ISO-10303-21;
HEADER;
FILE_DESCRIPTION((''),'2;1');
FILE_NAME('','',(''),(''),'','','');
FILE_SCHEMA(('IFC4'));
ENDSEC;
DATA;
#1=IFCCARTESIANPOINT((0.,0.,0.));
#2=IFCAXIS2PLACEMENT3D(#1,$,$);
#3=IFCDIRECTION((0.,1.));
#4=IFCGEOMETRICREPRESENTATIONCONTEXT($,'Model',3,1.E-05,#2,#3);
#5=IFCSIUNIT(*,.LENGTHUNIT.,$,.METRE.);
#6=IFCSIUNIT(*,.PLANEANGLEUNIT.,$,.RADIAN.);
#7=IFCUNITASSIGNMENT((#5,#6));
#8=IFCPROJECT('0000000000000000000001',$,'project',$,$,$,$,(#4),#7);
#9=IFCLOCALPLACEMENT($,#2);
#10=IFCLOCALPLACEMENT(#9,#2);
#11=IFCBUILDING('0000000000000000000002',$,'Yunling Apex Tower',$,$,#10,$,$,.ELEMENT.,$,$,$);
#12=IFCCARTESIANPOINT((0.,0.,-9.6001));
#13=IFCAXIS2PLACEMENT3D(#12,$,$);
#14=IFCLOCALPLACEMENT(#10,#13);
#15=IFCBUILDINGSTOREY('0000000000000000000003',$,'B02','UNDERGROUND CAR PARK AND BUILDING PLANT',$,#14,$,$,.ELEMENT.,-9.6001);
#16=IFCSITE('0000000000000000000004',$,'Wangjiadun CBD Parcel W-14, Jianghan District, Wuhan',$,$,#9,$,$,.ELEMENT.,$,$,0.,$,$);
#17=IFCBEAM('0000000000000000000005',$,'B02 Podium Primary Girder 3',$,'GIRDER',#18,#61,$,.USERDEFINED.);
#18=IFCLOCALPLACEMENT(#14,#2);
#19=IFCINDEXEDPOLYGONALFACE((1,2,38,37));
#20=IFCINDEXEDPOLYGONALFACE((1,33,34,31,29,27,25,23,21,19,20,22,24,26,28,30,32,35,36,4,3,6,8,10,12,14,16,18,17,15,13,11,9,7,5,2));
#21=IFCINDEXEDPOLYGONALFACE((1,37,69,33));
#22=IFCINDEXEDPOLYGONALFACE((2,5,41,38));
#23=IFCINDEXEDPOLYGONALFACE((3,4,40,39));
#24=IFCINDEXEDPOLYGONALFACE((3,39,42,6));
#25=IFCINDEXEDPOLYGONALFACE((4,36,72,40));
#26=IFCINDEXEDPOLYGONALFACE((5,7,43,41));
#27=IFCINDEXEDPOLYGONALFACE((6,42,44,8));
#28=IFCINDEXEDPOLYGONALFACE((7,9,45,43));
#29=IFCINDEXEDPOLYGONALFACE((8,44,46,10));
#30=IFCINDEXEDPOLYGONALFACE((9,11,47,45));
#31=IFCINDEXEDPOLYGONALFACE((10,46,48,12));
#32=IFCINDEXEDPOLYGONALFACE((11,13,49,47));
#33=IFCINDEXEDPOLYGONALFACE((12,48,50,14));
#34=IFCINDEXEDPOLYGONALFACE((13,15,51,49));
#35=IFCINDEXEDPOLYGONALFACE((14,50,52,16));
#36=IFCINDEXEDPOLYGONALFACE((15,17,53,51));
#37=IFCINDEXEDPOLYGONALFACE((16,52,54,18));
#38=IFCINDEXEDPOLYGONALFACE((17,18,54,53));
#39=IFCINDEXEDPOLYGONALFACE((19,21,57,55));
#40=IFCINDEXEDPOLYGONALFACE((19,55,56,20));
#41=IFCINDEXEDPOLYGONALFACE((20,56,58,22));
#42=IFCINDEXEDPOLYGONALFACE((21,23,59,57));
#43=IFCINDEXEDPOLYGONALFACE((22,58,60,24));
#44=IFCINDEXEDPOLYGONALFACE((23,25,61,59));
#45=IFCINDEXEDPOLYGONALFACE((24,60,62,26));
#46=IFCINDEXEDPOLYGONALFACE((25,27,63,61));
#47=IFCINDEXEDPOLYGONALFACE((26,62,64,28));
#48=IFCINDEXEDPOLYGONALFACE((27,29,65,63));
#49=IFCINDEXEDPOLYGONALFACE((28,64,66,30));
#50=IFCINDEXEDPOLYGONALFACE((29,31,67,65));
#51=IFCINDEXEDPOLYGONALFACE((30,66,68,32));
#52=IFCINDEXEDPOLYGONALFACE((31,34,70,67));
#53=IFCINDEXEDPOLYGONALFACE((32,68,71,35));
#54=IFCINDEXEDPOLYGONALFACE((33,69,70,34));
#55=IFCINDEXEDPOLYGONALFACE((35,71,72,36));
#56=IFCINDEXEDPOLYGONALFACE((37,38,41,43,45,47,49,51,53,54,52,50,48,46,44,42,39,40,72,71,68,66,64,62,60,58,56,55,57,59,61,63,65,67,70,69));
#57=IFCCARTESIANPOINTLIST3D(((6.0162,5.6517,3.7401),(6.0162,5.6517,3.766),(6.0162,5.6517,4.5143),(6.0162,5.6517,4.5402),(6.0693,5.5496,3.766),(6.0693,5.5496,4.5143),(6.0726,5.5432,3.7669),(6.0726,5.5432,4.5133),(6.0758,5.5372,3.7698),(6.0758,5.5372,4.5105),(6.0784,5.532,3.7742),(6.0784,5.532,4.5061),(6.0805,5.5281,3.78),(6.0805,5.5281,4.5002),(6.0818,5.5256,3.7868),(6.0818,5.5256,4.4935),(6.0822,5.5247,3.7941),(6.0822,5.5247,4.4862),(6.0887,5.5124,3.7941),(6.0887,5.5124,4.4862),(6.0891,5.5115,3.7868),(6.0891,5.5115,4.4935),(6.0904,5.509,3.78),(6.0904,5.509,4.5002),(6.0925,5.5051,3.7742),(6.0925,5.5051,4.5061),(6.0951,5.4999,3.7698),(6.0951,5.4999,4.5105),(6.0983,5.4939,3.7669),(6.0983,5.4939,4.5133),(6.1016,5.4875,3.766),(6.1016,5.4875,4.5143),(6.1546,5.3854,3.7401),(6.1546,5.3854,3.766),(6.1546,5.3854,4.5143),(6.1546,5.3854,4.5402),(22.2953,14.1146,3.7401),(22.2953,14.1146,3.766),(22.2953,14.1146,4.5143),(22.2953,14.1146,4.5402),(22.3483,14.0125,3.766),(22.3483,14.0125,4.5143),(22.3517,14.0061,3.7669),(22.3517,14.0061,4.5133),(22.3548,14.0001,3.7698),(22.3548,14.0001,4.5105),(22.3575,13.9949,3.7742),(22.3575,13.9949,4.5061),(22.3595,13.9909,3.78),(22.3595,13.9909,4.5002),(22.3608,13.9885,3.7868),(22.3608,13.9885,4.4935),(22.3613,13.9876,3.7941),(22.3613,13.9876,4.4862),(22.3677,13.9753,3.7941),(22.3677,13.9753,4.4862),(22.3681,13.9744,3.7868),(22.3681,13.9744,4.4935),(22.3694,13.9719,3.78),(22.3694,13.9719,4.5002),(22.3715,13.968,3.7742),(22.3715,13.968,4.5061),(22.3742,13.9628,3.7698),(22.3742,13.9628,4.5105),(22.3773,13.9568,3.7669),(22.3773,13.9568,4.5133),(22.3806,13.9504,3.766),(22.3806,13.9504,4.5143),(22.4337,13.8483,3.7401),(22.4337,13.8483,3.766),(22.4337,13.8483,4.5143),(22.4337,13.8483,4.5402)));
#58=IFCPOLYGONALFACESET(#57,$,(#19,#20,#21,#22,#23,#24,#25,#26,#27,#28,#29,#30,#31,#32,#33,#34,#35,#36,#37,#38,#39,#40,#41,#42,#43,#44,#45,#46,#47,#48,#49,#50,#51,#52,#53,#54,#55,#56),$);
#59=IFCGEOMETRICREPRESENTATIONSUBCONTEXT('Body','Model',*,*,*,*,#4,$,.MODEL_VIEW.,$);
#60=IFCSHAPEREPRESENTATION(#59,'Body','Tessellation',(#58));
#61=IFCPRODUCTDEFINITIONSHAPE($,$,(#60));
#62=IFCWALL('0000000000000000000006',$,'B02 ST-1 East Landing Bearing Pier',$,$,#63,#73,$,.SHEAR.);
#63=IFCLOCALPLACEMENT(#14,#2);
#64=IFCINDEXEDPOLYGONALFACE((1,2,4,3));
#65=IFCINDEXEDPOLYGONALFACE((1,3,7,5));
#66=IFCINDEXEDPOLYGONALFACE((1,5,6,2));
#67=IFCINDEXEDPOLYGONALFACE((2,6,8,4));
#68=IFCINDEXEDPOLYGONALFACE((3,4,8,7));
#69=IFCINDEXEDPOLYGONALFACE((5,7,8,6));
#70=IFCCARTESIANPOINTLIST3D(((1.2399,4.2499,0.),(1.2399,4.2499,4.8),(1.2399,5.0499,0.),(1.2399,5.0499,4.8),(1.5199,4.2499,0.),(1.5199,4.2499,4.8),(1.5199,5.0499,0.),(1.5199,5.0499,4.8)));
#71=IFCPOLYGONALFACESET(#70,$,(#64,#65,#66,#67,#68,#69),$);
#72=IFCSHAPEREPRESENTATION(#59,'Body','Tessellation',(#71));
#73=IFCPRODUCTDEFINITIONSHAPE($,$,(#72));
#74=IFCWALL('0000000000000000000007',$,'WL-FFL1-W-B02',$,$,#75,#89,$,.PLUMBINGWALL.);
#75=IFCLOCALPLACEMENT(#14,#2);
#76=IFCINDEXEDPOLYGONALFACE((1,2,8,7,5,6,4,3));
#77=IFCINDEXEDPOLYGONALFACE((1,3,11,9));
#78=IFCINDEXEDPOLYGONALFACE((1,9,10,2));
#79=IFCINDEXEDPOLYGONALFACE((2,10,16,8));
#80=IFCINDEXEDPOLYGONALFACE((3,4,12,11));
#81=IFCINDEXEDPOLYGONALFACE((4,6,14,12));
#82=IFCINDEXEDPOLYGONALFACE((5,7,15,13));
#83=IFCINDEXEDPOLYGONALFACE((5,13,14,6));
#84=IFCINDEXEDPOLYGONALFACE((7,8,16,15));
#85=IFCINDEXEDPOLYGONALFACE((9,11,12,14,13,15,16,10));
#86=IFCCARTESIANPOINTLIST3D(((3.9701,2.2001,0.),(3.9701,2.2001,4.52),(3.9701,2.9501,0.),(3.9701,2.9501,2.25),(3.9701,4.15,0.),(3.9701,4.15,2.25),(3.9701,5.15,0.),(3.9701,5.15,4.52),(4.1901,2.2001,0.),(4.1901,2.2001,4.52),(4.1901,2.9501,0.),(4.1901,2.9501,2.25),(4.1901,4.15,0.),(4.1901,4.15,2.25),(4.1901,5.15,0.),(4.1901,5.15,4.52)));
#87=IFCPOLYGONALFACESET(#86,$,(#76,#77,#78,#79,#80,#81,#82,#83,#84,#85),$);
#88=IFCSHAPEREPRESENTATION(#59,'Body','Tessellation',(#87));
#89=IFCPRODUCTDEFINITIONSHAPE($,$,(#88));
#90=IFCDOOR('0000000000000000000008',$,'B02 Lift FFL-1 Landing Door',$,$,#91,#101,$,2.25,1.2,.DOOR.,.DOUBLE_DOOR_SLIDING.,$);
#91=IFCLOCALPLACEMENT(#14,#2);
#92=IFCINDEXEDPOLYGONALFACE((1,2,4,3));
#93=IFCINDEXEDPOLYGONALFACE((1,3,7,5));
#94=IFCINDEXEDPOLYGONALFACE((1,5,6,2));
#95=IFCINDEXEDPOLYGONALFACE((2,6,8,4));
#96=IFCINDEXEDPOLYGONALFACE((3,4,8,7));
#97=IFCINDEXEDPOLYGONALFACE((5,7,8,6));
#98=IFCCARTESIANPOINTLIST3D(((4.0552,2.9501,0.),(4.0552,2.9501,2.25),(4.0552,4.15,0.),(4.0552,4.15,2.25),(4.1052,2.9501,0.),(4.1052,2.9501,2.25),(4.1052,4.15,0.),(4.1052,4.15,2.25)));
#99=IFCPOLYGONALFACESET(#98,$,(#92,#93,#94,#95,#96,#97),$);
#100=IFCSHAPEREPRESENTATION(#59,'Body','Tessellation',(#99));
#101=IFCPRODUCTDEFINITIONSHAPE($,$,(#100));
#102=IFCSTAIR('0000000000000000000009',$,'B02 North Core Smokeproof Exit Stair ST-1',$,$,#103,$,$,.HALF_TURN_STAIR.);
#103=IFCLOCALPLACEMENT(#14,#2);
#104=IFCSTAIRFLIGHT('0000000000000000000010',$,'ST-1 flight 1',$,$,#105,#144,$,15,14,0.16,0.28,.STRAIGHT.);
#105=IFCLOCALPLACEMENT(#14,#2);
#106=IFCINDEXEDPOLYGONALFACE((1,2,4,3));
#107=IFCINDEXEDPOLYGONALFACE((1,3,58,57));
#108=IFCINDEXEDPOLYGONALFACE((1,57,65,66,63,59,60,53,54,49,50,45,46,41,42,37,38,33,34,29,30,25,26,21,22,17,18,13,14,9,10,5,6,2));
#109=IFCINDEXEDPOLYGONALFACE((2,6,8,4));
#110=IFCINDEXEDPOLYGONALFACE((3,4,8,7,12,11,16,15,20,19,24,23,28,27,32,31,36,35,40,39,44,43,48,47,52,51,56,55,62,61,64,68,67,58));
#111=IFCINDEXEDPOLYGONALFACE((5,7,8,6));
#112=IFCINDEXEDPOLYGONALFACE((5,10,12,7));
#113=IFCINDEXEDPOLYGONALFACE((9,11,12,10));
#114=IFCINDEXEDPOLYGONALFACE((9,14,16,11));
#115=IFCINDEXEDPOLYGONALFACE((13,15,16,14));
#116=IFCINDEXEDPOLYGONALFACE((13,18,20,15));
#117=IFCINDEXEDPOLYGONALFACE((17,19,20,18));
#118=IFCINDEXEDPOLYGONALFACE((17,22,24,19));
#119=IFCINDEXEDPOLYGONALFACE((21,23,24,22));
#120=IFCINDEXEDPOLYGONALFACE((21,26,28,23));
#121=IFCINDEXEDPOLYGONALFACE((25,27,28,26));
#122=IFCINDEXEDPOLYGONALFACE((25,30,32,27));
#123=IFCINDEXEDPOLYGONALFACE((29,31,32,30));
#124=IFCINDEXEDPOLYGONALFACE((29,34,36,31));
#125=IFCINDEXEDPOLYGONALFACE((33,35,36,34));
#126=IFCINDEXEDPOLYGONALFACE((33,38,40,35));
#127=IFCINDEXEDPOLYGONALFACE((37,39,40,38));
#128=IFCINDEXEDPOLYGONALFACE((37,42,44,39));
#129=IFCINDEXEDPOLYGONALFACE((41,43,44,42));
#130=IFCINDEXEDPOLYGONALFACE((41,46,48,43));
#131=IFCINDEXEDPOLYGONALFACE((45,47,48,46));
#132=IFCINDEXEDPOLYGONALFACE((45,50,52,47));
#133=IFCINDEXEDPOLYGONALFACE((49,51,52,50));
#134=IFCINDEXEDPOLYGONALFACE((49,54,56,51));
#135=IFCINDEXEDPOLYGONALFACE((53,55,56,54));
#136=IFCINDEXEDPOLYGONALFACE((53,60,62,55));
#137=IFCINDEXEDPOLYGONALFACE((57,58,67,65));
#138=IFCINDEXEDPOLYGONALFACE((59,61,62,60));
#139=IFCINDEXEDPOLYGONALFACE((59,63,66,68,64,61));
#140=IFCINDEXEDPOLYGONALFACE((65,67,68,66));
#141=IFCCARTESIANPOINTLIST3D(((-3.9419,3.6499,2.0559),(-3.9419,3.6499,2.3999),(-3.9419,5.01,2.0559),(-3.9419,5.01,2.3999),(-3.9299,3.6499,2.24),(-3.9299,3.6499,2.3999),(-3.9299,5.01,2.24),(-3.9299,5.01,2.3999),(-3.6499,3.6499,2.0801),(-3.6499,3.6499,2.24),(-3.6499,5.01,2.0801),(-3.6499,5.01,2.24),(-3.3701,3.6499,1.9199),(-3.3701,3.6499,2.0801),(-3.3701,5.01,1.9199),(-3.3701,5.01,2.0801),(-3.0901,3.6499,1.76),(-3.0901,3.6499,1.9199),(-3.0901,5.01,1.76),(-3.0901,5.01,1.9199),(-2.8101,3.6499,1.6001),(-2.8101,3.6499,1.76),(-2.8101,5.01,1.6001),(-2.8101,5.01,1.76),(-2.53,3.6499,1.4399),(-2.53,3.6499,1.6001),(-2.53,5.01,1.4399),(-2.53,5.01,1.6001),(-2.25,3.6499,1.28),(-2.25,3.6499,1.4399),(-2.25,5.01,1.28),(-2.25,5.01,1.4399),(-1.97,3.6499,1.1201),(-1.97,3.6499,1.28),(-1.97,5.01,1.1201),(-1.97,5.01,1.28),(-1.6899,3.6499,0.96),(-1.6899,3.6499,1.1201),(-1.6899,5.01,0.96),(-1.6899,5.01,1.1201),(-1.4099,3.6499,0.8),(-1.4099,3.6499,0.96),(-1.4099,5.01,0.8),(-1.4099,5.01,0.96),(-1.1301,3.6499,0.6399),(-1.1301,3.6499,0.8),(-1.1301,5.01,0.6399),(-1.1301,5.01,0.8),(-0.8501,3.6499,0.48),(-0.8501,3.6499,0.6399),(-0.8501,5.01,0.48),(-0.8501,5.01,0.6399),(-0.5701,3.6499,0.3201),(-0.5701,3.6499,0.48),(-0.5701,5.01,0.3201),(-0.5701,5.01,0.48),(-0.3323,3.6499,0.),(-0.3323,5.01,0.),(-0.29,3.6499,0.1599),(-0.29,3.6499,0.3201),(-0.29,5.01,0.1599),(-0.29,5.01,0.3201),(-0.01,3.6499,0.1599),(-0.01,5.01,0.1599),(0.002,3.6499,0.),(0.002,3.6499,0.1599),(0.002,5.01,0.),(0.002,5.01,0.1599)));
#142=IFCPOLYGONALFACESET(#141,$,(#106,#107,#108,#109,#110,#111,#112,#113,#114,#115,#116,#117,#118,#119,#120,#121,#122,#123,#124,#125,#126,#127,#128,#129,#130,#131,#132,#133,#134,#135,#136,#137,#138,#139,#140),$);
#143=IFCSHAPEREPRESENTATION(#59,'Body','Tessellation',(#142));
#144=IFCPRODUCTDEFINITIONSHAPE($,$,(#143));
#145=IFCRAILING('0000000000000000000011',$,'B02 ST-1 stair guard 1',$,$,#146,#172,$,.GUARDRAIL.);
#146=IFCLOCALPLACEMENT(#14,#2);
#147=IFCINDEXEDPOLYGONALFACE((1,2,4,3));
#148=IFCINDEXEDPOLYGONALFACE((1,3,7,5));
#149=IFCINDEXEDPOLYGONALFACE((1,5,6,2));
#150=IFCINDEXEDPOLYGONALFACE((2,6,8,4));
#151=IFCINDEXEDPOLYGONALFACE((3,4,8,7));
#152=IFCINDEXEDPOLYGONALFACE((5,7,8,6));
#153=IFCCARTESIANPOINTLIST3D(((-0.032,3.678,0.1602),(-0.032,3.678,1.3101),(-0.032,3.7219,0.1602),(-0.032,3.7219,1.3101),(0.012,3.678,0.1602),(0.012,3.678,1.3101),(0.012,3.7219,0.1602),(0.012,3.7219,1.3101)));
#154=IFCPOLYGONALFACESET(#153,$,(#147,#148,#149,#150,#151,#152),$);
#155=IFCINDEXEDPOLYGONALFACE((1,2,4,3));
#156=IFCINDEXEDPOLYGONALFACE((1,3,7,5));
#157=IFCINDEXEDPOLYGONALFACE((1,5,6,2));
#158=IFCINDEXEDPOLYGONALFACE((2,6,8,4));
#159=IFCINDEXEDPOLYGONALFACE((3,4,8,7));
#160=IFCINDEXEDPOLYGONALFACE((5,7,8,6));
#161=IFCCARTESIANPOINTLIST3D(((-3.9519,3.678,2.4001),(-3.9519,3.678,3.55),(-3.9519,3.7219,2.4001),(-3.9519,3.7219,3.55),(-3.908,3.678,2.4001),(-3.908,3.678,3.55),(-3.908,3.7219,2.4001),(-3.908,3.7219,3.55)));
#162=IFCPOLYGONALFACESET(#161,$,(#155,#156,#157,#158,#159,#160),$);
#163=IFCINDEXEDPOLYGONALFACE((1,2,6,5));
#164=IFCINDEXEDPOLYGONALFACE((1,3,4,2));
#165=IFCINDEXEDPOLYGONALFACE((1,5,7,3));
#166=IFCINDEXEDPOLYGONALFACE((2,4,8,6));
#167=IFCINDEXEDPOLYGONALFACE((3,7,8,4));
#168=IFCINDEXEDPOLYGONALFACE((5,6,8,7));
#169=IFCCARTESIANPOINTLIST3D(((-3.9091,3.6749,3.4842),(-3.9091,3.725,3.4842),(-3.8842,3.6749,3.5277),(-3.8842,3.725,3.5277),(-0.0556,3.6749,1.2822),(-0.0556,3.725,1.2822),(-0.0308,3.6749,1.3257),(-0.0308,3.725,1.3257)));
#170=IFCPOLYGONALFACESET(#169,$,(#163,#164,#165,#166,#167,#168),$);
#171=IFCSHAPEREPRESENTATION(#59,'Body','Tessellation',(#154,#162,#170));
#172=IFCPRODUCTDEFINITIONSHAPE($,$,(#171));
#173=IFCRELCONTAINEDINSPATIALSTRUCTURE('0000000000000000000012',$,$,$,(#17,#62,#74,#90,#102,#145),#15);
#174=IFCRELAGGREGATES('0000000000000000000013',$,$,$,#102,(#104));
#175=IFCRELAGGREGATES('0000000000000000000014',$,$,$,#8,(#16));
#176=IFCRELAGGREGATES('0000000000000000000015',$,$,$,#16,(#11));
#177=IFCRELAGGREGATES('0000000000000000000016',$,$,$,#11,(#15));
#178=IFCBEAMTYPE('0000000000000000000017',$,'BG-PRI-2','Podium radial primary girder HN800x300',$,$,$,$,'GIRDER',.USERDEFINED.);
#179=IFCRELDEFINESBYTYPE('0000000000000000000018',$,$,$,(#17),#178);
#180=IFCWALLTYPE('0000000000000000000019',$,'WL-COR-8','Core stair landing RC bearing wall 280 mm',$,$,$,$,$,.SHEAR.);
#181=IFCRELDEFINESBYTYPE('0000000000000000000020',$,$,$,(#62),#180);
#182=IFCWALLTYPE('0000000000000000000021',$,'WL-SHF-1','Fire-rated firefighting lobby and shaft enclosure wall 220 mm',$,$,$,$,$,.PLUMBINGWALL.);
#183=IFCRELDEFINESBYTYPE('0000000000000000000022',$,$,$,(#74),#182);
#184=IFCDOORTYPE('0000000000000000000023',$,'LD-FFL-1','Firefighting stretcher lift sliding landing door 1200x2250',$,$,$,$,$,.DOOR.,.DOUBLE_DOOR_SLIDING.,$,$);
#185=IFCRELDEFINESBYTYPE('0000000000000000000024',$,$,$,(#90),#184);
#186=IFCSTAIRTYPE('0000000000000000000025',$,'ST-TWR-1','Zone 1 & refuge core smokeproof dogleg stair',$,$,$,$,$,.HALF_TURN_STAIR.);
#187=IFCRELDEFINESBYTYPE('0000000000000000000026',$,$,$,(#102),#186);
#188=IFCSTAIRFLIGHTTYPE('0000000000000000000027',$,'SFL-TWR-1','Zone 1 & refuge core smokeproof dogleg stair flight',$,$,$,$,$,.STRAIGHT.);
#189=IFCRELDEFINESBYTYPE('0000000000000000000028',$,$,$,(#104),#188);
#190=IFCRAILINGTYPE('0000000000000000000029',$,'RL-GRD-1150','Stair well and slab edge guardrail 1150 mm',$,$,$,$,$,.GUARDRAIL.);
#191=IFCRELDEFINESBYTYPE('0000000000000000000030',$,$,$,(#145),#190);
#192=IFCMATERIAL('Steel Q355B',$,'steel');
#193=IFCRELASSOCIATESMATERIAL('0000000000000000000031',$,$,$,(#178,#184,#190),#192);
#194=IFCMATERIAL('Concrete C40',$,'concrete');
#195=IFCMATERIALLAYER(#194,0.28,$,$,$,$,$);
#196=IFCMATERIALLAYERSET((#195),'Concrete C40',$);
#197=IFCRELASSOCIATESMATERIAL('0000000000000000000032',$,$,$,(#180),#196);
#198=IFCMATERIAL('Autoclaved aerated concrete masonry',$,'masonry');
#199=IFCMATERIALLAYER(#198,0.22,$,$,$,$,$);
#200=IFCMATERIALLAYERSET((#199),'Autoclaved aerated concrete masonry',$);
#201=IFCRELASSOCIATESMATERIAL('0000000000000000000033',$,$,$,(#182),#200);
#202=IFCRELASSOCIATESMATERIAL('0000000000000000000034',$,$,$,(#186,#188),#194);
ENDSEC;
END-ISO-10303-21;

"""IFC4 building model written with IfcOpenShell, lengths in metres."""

from ifc_helpers import new_model, si_unit, direction, frame, frame_2d, origin, origin_2d, place, context, subcontext, project, spatial, polyline, rectangle, i_section, outline, extrude, source, transform, mapped, material, layer, layer_set, material_profile, profile_set, type_object, element, fill, aggregate, save


model = new_model("IFC4")

# Units and contexts
model_context = context("Model", 3, precision=1e-05, world=origin(), true_north=direction((0.0, 1.0)))
body_context = subcontext(model_context, "Body", "Model", "MODEL_VIEW")
ifc_project = project(units=[si_unit("LENGTHUNIT", "METRE"), si_unit("PLANEANGLEUNIT", "RADIAN")], contexts=[model_context])

# Site, building, storey
site_placement = place(None, origin())
site = spatial("IfcSite", under=ifc_project, at=site_placement, Name="Wangjiadun CBD Parcel W-14, Jianghan District, Wuhan", CompositionType="ELEMENT", RefElevation=0.0)
building_placement = place(site_placement, origin())
building = spatial("IfcBuilding", under=site, at=building_placement, Name="Yunling Apex Tower", CompositionType="ELEMENT")
storey_placement = place(building_placement, frame((0.0, 0.0, -9.6001)))
storey = spatial("IfcBuildingStorey", under=building, at=storey_placement, Name="B02", Description="UNDERGROUND CAR PARK AND BUILDING PLANT", CompositionType="ELEMENT", Elevation=-9.6001)

# Beam
ifc_material_1 = material(Name="Steel Q355B", Category="steel")
ifc_material_profile_1 = material_profile(ifc_material_1, i_section(OverallWidth=0.3, OverallDepth=0.8, WebThickness=0.0139, FlangeThickness=0.0259, FilletRadius=0.0281, at=origin_2d()))
ifc_profile_set_1 = profile_set([ifc_material_profile_1], Name="Steel Q355B")
beam_type_1 = type_object("IfcBeamType", Name="BG-PRI-2", Description="Podium radial primary girder HN800x300", ElementType="GIRDER", PredefinedType="USERDEFINED", material=ifc_profile_set_1)
shared_shape_1 = source(origin(), body_context, "Body", "SweptSolid", [
    extrude(i_section(OverallWidth=0.3, OverallDepth=0.8, WebThickness=0.0139, FlangeThickness=0.0259, FilletRadius=0.0281, at=origin_2d()), origin(), (0.0, 0.0, 1.0), 18.3474),
])
beam_1_placement = place(storey_placement, frame((6.0854, 5.5186, 4.1401), z_axis=(0.887266, 0.461258, 0.0), x_axis=(-0.461258, 0.887266, 0.0)))
element("IfcBeam", 1, at=beam_1_placement, inside=storey, type_object=beam_type_1, Name="B02 Podium Primary Girder 3", ObjectType="GIRDER", PredefinedType="USERDEFINED", context=body_context, shape_type="MappedRepresentation", body=[
    mapped(shared_shape_1, transform((0.0, 0.0, 0.0), scale=1.0)),
])

# Wall
ifc_material_2 = material(Name="Concrete C40", Category="concrete")
ifc_layer_1 = layer(ifc_material_2, 0.28)
ifc_layer_set_1 = layer_set([ifc_layer_1], Name="Concrete C40")
wall_type_1 = type_object("IfcWallType", Name="WL-COR-8", Description="Core stair landing RC bearing wall 280 mm", PredefinedType="SHEAR", material=ifc_layer_set_1)
wall_1_placement = place(storey_placement, frame((1.3799, 4.25, 0.0), z_axis=(0.0, 0.0, 1.0), x_axis=(0.0, 1.0, 0.0)))
element("IfcWall", 2, at=wall_1_placement, inside=storey, type_object=wall_type_1, Name="B02 ST-1 East Landing Bearing Pier", PredefinedType="SHEAR", context=body_context, shape_type="SweptSolid", body=[
    extrude(rectangle(XDim=0.8, YDim=0.28, at=frame_2d((0.3999, 0.0))), origin(), (0.0, 0.0, 1.0), 4.8),
])

# Wall, opening, door
ifc_material_3 = material(Name="Autoclaved aerated concrete masonry", Category="masonry")
ifc_layer_2 = layer(ifc_material_3, 0.22)
ifc_layer_set_2 = layer_set([ifc_layer_2], Name="Autoclaved aerated concrete masonry")
wall_type_2 = type_object("IfcWallType", Name="WL-SHF-1", Description="Fire-rated firefighting lobby and shaft enclosure wall 220 mm", PredefinedType="PLUMBINGWALL", material=ifc_layer_set_2)
wall_2_placement = place(storey_placement, frame((4.0801, 2.2, 0.0), z_axis=(0.0, 0.0, 1.0), x_axis=(0.0, 1.0, 0.0)))
wall_2 = element("IfcWall", 3, at=wall_2_placement, inside=storey, type_object=wall_type_2, Name="WL-FFL1-W-B02", PredefinedType="PLUMBINGWALL", context=body_context, shape_type="SweptSolid", body=[
    extrude(rectangle(XDim=2.95, YDim=0.22, at=frame_2d((1.4751, 0.0))), origin(), (0.0, 0.0, 1.0), 4.52),
])
opening_placement = place(wall_2_placement, frame((0.75, 0.0, 0.0)))
opening = element("IfcOpeningElement", 4, at=opening_placement, cuts=wall_2, PredefinedType="OPENING", context=body_context, shape_type="SweptSolid", body=[
    extrude(rectangle(XDim=1.2, YDim=2.25, at=frame_2d((0.6001, 1.125))), frame((0.0, 0.1201, 0.0), z_axis=(0.0, -1.0, 0.0), x_axis=(1.0, 0.0, 0.0)), (0.0, 0.0, 1.0), 0.24),
])
door_type = type_object("IfcDoorType", Name="LD-FFL-1", Description="Firefighting stretcher lift sliding landing door 1200x2250", OperationType="DOUBLE_DOOR_SLIDING", PredefinedType="DOOR", material=ifc_material_1)
door_placement = place(opening_placement, origin())
door = element("IfcDoor", 5, at=door_placement, inside=storey, type_object=door_type, Name="B02 Lift FFL-1 Landing Door", OperationType="DOUBLE_DOOR_SLIDING", OverallHeight=2.25, OverallWidth=1.2, PredefinedType="DOOR", context=body_context, shape_type="SweptSolid", body=[
    extrude(rectangle(XDim=1.2, YDim=2.25, at=frame_2d((0.6001, 1.125))), frame((0.0, 0.0249, 0.0), z_axis=(0.0, -1.0, 0.0), x_axis=(1.0, 0.0, 0.0)), (0.0, 0.0, 1.0), 0.05),
])
fill(opening, door)

# Stair, stair flight
stair_type = type_object("IfcStairType", Name="ST-TWR-1", Description="Zone 1 & refuge core smokeproof dogleg stair", PredefinedType="HALF_TURN_STAIR", material=ifc_material_2)
stair_placement = place(storey_placement, origin())
stair = element("IfcStair", 6, at=stair_placement, inside=storey, type_object=stair_type, Name="B02 North Core Smokeproof Exit Stair ST-1", PredefinedType="HALF_TURN_STAIR")
stair_flight_type = type_object("IfcStairFlightType", Name="SFL-TWR-1", Description="Zone 1 & refuge core smokeproof dogleg stair flight", PredefinedType="STRAIGHT", material=ifc_material_2)
stair_flight_placement = place(storey_placement, frame((-0.01, 4.3301, 0.0), z_axis=(0.0, 0.0, 1.0), x_axis=(-1.0, 0.0, 0.0)))
stair_flight = element("IfcStairFlight", 7, at=stair_flight_placement, type_object=stair_flight_type, Name="ST-1 flight 1", NumberOfRisers=15, NumberOfTreads=14, PredefinedType="STRAIGHT", RiserHeight=0.16, TreadLength=0.28, context=body_context, shape_type="SweptSolid", body=[
    extrude(outline(polyline([(-0.012, 0.0), (-0.012, 0.1599), (0.0, 0.1599), (0.28, 0.1599), (0.28, 0.3201), (0.5601, 0.3201), (0.5601, 0.48), (0.8401, 0.48), (0.8401, 0.6399), (1.1201, 0.6399), (1.1201, 0.8), (1.3999, 0.8), (1.3999, 0.96), (1.6799, 0.96), (1.6799, 1.1201), (1.96, 1.1201), (1.96, 1.28), (2.24, 1.28), (2.24, 1.4399), (2.52, 1.4399), (2.52, 1.6001), (2.8, 1.6001), (2.8, 1.76), (3.0801, 1.76), (3.0801, 1.9199), (3.3601, 1.9199), (3.3601, 2.0801), (3.6399, 2.0801), (3.6399, 2.24), (3.9199, 2.24), (3.9199, 2.3999), (3.9319, 2.3999), (3.9319, 2.0559), (0.3223, 0.0), (-0.012, 0.0)])), frame((0.0, 0.6802, 0.0), z_axis=(0.0, -1.0, 0.0), x_axis=(1.0, 0.0, 0.0)), (0.0, 0.0, 1.0), 1.3601),
])
aggregate(stair, [stair_flight])

# Railing
railing_type_1 = type_object("IfcRailingType", Name="RL-GRD-1150", Description="Stair well and slab edge guardrail 1150 mm", PredefinedType="GUARDRAIL", material=ifc_material_1)
railing_1_placement = place(storey_placement, frame((-0.01, 3.7, 0.1602)))
element("IfcRailing", 8, at=railing_1_placement, inside=storey, type_object=railing_type_1, Name="B02 ST-1 stair guard 1", PredefinedType="GUARDRAIL", context=body_context, shape_type="SweptSolid", body=[
    extrude(rectangle(XDim=0.0439, YDim=0.0439, at=origin_2d()), origin(), (0.0, 0.0, 1.0), 1.1499),
    extrude(rectangle(XDim=0.0439, YDim=0.0439, at=origin_2d()), frame((-3.9199, 0.0, 2.24)), (0.0, 0.0, 1.0), 1.1499),
    extrude(rectangle(XDim=0.05, YDim=0.05, at=origin_2d()), frame((-0.0332, 0.0, 1.1438), z_axis=(-0.86824, 0.0, 0.496145), x_axis=(0.0, -1.0, 0.0)), (0.0, 0.0, 1.0), 4.4382),
])

save(model, "model.ifc")
